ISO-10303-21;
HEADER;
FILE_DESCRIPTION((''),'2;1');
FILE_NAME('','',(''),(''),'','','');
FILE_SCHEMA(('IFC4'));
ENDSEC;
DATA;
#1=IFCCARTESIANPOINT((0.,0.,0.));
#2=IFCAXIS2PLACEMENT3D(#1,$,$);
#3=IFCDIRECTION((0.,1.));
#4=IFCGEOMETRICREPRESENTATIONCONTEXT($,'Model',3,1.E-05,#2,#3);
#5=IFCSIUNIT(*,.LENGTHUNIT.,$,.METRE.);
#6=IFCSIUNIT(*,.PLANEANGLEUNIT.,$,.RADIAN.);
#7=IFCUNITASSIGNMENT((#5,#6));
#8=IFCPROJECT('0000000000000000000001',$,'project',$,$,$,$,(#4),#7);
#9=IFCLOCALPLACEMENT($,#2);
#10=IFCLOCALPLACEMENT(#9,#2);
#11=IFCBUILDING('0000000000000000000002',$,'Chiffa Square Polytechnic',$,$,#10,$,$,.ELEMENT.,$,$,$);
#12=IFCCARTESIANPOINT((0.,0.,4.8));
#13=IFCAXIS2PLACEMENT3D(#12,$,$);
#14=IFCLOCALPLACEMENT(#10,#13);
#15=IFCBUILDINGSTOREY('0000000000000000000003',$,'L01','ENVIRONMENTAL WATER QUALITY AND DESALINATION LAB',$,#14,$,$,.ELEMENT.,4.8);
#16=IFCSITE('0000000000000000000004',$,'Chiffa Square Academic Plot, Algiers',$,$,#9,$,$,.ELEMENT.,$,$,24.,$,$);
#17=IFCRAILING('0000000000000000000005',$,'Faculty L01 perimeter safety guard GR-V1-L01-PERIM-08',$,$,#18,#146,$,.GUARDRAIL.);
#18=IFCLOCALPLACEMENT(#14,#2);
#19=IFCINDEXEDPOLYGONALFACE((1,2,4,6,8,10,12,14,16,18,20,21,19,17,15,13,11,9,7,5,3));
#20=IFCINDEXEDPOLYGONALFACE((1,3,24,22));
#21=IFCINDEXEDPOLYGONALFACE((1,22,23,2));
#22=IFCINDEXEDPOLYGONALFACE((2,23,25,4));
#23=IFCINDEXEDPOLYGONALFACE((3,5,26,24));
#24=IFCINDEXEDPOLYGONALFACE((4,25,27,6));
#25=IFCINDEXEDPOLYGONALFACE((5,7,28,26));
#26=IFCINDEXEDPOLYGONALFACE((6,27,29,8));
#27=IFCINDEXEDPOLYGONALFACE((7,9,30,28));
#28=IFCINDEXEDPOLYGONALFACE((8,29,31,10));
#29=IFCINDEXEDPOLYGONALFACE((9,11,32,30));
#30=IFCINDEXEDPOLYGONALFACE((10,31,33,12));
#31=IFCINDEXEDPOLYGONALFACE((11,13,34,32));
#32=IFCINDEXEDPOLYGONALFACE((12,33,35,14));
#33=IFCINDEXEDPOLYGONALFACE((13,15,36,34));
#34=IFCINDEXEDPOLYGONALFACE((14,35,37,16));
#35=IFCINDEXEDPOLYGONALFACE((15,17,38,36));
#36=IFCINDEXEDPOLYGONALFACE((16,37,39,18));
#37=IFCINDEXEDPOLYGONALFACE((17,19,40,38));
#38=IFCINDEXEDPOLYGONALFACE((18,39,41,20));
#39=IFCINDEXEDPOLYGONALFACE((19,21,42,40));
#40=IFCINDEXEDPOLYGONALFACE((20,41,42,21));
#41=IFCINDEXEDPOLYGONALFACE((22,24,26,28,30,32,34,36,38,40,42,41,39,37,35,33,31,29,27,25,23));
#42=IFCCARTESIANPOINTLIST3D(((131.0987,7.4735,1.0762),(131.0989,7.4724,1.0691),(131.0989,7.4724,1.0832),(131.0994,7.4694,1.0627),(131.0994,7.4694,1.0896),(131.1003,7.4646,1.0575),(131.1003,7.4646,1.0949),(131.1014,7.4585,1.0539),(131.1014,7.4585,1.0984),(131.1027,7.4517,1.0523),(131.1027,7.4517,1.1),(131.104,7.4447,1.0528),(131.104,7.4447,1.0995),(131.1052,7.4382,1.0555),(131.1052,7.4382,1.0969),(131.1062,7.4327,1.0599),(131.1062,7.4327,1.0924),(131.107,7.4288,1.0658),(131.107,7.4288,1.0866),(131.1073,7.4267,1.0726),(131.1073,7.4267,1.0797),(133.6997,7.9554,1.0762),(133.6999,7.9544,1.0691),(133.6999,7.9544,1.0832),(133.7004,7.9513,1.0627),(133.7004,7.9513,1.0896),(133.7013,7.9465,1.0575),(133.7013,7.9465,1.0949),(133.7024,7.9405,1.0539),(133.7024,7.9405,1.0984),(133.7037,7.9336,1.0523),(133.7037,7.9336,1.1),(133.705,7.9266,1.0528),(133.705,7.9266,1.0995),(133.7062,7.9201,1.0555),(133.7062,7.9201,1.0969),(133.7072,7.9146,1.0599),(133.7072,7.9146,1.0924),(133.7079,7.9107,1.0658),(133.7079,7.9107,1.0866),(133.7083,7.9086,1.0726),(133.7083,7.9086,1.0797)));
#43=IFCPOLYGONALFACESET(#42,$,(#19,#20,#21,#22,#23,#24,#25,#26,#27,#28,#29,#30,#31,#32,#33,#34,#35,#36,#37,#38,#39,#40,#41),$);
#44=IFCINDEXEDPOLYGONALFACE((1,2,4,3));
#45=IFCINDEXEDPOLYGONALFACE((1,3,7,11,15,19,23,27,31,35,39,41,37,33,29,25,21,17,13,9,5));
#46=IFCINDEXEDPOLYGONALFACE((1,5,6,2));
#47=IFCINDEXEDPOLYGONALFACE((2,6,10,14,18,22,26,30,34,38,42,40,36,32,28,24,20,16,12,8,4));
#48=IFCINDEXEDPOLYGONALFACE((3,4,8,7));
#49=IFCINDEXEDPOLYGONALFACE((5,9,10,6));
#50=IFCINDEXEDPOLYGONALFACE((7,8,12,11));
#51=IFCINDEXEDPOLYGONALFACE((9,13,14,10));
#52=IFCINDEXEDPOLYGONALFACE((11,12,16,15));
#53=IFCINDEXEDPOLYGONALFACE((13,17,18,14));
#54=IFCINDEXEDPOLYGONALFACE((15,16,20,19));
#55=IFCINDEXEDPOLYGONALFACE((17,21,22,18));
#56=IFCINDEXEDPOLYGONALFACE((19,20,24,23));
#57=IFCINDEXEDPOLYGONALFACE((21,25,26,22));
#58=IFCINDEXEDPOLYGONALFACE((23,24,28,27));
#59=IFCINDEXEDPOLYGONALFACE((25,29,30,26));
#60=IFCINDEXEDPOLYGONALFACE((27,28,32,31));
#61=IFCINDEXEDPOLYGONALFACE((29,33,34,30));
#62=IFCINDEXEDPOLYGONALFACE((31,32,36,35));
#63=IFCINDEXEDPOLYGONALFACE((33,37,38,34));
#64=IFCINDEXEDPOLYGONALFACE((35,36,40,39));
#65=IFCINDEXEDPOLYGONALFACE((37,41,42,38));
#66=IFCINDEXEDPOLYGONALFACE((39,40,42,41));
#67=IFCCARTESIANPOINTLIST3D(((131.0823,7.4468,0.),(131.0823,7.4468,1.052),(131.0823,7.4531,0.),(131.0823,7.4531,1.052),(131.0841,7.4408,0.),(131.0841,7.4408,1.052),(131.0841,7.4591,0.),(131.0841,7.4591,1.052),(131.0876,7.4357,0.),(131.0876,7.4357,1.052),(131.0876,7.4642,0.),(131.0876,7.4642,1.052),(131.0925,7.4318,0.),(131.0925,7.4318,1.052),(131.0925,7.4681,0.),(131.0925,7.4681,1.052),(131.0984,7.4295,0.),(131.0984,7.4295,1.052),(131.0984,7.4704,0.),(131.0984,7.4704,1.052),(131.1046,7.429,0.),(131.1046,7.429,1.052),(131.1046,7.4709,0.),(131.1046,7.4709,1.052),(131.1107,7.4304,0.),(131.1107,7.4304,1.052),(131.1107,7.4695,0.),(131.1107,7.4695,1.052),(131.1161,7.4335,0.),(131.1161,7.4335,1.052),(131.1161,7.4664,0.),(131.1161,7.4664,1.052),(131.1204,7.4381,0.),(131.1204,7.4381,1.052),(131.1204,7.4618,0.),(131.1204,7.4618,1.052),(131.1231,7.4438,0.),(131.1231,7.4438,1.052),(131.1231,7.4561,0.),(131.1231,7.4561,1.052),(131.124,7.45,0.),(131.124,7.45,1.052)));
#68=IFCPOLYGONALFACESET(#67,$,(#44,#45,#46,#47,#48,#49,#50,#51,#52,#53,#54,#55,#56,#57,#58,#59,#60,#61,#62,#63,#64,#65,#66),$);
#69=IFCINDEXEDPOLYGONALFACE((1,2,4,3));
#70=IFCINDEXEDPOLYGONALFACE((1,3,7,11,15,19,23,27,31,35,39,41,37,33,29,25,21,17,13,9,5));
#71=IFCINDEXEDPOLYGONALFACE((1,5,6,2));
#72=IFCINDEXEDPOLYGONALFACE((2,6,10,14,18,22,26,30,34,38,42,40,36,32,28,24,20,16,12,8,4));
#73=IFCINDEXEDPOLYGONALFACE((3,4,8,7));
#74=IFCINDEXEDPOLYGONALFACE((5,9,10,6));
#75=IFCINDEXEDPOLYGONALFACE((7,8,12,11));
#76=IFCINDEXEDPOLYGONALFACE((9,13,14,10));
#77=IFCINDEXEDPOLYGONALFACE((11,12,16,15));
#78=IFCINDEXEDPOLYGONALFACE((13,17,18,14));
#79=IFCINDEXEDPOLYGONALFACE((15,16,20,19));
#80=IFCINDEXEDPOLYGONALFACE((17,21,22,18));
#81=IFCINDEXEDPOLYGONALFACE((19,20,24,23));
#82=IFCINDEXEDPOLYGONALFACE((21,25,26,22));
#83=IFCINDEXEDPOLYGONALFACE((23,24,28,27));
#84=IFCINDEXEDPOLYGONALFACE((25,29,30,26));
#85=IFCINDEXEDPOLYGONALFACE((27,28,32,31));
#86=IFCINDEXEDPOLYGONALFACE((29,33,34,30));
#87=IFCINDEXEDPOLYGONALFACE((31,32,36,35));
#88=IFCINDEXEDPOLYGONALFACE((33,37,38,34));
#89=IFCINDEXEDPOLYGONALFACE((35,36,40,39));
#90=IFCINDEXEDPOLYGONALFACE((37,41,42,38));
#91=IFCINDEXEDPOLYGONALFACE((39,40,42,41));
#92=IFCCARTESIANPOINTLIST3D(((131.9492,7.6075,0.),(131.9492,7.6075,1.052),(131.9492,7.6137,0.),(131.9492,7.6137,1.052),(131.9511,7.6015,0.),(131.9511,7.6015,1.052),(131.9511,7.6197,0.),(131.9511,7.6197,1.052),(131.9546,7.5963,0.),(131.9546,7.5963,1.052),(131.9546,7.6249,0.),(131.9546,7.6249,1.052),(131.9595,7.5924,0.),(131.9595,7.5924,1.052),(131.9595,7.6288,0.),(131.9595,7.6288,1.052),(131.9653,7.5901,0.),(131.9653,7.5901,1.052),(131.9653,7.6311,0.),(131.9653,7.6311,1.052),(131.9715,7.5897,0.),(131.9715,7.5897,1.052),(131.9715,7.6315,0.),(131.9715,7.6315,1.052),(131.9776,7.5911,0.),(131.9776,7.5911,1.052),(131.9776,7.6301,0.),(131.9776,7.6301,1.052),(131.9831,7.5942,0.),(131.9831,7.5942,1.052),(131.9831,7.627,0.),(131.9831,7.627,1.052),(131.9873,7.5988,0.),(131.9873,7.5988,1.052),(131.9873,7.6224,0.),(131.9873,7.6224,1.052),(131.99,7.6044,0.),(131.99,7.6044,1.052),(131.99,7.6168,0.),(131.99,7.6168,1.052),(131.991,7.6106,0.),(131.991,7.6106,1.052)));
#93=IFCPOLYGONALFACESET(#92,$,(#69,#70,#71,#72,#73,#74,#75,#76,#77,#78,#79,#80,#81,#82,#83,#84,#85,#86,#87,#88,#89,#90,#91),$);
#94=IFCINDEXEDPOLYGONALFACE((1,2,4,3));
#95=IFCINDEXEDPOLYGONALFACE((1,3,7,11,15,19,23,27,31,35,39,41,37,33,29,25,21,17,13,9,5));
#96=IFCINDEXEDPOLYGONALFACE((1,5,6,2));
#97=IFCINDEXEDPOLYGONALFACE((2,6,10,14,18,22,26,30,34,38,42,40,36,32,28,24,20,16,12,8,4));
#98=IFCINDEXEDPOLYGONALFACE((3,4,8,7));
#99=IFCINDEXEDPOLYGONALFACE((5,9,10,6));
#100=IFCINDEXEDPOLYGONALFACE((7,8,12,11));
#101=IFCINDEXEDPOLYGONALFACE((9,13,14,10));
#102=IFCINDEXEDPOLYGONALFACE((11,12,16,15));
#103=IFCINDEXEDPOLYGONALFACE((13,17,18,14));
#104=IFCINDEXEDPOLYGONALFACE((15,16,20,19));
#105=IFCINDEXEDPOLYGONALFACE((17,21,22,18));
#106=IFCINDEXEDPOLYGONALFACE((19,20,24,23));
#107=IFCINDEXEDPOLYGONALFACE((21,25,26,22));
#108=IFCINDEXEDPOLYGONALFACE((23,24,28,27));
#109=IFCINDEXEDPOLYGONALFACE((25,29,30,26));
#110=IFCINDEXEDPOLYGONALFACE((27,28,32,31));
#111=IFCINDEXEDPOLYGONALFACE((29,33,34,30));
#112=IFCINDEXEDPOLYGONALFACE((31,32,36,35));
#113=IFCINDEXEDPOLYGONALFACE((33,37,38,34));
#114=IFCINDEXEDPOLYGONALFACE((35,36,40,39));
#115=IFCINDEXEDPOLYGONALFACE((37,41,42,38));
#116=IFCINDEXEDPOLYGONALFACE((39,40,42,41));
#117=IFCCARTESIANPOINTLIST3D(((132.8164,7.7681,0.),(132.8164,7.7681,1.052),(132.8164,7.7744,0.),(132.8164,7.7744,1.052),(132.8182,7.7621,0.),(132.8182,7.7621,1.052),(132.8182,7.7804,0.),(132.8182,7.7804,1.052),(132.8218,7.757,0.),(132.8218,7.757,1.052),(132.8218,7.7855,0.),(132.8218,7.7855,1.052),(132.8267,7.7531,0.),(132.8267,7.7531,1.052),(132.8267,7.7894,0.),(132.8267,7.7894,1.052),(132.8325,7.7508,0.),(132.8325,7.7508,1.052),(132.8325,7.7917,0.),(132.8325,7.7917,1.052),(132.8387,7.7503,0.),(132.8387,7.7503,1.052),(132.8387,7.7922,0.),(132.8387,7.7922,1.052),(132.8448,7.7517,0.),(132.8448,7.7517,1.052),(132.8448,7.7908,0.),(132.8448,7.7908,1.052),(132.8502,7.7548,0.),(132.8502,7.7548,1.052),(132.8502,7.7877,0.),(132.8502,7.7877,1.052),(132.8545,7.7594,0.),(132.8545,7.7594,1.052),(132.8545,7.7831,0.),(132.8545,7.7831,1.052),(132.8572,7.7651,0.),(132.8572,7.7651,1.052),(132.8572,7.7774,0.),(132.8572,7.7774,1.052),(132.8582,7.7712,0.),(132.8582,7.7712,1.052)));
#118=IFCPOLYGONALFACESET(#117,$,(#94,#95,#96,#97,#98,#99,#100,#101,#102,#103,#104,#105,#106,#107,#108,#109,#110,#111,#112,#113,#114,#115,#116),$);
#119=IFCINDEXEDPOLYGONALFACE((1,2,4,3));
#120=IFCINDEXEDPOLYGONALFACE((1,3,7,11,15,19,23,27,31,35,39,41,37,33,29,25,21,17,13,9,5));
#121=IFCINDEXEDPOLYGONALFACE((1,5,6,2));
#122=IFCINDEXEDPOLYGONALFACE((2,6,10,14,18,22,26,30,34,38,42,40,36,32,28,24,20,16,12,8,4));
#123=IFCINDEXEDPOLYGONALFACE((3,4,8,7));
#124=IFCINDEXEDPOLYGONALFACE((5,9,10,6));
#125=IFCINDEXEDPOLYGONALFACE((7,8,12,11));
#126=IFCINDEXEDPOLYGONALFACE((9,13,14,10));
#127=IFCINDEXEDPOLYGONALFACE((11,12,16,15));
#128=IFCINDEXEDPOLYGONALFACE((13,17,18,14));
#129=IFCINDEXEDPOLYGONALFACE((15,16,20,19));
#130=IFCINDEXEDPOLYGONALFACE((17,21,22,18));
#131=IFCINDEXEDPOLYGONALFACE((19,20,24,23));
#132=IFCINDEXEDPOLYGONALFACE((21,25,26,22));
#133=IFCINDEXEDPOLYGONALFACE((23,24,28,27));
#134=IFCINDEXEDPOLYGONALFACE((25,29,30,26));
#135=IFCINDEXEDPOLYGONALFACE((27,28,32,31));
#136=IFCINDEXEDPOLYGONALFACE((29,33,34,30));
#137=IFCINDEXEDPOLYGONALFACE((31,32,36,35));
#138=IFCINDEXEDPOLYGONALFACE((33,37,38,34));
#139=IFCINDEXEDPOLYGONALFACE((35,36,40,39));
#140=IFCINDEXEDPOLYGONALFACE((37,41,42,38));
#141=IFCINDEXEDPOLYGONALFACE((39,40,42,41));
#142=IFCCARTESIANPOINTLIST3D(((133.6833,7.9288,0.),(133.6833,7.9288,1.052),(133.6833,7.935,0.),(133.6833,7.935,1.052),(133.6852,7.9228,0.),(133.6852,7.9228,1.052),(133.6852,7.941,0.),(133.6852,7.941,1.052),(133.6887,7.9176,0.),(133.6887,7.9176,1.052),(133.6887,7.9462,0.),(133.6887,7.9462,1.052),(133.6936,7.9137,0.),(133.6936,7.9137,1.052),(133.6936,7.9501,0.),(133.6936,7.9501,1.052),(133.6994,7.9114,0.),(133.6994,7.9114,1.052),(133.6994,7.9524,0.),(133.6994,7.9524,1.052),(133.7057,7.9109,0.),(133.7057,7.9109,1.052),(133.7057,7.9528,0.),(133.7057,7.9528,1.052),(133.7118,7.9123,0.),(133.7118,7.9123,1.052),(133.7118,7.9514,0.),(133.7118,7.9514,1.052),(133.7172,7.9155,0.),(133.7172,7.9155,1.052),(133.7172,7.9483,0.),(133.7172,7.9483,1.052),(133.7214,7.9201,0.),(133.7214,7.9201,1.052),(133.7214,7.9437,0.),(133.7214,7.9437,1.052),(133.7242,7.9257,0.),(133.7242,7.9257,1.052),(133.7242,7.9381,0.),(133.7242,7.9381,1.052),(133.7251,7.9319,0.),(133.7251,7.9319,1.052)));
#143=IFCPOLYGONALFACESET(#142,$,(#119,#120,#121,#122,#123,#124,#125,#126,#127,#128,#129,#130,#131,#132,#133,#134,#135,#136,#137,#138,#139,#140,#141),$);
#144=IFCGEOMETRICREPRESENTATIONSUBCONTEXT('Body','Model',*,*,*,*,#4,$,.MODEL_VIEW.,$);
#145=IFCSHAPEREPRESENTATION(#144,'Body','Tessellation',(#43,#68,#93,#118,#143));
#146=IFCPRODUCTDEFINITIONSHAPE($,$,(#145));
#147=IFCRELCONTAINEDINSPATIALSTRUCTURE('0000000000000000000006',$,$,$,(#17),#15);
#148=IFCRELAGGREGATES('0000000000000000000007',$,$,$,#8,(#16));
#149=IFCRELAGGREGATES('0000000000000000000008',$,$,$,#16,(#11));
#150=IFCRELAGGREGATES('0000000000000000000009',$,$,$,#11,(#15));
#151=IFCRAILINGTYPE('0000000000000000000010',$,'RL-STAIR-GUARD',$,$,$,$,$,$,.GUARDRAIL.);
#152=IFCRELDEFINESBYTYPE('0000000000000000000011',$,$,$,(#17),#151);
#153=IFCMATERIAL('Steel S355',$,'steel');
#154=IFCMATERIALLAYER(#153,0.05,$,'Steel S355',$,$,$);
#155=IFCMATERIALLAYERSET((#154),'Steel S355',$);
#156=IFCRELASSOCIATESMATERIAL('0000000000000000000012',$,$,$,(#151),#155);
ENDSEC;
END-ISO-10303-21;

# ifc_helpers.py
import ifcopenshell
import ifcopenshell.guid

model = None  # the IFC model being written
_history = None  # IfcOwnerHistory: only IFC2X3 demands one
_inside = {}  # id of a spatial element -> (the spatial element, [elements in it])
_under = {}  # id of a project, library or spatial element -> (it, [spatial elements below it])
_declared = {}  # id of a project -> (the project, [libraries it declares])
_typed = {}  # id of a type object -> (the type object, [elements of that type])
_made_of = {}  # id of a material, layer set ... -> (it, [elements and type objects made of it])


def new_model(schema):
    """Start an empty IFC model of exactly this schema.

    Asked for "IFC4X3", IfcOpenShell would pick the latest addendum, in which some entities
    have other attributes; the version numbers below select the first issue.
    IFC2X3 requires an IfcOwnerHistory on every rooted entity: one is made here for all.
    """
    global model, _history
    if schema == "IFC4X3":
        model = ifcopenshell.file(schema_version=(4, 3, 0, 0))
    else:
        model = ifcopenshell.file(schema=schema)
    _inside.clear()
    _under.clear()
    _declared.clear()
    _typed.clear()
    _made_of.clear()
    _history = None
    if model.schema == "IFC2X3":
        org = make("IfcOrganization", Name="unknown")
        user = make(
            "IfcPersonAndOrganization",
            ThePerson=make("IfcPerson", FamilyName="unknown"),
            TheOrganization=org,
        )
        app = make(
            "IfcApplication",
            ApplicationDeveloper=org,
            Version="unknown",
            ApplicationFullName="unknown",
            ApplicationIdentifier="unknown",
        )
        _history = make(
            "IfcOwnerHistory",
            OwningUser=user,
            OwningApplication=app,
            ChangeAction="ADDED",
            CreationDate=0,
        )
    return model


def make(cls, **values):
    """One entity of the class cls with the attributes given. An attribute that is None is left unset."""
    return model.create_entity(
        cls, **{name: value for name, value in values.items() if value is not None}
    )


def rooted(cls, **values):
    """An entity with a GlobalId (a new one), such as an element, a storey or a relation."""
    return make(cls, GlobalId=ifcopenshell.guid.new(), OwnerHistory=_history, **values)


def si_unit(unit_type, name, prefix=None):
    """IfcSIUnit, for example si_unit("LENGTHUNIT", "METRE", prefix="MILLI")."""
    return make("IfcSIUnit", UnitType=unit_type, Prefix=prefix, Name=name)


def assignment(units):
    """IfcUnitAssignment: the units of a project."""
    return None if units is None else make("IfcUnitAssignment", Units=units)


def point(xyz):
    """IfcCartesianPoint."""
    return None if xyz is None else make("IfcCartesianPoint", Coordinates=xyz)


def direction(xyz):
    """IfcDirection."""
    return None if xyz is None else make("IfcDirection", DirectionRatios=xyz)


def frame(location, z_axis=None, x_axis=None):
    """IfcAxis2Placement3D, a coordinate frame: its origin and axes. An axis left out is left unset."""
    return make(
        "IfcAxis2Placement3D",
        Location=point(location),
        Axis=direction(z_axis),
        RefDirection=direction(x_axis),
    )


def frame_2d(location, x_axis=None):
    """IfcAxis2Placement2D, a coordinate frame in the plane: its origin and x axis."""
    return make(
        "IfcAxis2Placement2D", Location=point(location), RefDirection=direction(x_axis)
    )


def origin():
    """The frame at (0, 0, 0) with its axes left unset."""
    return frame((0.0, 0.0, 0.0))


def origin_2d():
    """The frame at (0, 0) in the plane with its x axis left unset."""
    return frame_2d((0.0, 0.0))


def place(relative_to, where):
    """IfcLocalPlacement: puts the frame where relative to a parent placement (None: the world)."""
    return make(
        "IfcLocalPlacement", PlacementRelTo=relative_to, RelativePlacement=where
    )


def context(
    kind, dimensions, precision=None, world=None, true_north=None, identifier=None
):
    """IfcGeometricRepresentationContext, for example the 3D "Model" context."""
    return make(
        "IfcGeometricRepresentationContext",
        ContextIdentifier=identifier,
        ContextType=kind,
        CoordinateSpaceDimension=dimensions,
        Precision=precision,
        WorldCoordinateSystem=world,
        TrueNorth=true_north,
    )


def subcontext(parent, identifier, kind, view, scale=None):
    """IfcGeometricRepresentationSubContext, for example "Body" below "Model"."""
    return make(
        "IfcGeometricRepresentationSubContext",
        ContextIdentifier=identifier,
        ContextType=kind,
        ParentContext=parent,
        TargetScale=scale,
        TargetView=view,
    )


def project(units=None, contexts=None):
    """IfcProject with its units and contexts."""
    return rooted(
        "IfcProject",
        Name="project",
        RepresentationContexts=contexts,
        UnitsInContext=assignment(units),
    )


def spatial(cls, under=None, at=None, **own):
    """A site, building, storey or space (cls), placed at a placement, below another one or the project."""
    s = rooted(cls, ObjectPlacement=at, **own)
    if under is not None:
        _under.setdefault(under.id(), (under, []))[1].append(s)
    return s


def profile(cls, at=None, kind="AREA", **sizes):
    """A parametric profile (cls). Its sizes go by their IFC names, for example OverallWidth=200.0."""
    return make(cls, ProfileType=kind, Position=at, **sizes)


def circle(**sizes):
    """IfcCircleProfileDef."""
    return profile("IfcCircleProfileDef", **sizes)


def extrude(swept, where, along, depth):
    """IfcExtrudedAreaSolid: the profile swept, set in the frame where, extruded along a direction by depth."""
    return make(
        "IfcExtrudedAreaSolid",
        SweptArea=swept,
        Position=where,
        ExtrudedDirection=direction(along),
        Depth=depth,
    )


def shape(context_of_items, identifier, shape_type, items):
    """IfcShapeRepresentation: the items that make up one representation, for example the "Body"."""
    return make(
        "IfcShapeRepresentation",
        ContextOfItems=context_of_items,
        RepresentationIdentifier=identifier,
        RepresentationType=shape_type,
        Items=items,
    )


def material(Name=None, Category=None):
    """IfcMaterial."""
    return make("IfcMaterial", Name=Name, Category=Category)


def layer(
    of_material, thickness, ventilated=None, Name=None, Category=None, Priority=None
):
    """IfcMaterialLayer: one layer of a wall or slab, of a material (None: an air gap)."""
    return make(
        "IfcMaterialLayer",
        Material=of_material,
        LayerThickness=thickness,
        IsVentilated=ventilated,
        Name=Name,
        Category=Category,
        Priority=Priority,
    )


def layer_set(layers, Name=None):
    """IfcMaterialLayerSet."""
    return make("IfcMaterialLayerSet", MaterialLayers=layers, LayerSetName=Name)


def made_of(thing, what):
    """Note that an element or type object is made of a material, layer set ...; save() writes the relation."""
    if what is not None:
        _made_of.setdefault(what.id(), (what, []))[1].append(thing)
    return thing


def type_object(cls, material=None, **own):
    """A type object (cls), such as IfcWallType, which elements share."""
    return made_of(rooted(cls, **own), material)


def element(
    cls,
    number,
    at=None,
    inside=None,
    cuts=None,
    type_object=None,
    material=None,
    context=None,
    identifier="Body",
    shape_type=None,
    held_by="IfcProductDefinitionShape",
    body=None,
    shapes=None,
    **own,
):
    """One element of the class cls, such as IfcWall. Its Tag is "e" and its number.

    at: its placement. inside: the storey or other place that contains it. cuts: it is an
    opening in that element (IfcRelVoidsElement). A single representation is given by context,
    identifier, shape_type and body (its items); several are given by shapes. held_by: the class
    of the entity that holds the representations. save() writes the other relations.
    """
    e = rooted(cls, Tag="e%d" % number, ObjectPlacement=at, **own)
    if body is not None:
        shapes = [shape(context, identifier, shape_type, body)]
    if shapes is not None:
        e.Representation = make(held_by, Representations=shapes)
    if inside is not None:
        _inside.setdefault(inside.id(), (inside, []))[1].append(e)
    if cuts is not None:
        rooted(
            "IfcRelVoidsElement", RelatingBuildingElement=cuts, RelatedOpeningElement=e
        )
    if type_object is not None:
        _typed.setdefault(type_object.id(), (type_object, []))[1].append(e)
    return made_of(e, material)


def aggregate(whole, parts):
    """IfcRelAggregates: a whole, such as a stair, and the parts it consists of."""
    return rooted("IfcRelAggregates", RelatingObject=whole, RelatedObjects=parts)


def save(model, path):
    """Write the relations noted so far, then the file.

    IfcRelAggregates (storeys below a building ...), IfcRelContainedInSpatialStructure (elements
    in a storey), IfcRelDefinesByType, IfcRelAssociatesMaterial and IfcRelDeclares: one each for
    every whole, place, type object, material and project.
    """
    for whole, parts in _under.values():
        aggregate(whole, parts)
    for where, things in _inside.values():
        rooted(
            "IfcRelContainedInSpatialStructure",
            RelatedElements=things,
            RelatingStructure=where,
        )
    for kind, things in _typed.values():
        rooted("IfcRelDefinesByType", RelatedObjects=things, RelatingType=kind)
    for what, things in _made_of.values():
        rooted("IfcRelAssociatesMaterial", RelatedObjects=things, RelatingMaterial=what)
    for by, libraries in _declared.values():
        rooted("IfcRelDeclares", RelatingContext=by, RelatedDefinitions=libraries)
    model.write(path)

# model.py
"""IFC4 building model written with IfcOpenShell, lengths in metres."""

from ifc_helpers import new_model, si_unit, direction, frame, origin, origin_2d, place, context, subcontext, project, spatial, circle, extrude, material, layer, layer_set, type_object, element, save


model = new_model("IFC4")

# Units and contexts
model_context = context("Model", 3, precision=1e-05, world=origin(), true_north=direction((0.0, 1.0)))
body_context = subcontext(model_context, "Body", "Model", "MODEL_VIEW")
ifc_project = project(units=[si_unit("LENGTHUNIT", "METRE"), si_unit("PLANEANGLEUNIT", "RADIAN")], contexts=[model_context])

# Site, building, storey
site_placement = place(None, origin())
site = spatial("IfcSite", under=ifc_project, at=site_placement, Name="Chiffa Square Academic Plot, Algiers", CompositionType="ELEMENT", RefElevation=24.0)
building_placement = place(site_placement, origin())
building = spatial("IfcBuilding", under=site, at=building_placement, Name="Chiffa Square Polytechnic", CompositionType="ELEMENT")
storey_placement = place(building_placement, frame((0.0, 0.0, 4.8)))
storey = spatial("IfcBuildingStorey", under=building, at=storey_placement, Name="L01", Description="ENVIRONMENTAL WATER QUALITY AND DESALINATION LAB", CompositionType="ELEMENT", Elevation=4.8)

# Railing
ifc_material_1 = material(Name="Steel S355", Category="steel")
ifc_layer_1 = layer(ifc_material_1, 0.05, Name="Steel S355")
ifc_layer_set_1 = layer_set([ifc_layer_1], Name="Steel S355")
railing_type = type_object("IfcRailingType", Name="RL-STAIR-GUARD", PredefinedType="GUARDRAIL", material=ifc_layer_set_1)
railing_1_placement = place(storey_placement, frame((131.103, 7.45, 0.0)))
element("IfcRailing", 1, at=railing_1_placement, inside=storey, type_object=railing_type, Name="Faculty L01 perimeter safety guard GR-V1-L01-PERIM-08", PredefinedType="GUARDRAIL", context=body_context, shape_type="SweptSolid", body=[
    extrude(circle(Radius=0.0239, at=origin_2d()), frame((0.0, 0.0, 1.0762), z_axis=(0.983265, 0.182182, 0.0), x_axis=(-0.182182, 0.983265, 0.0)), (0.0, 0.0, 1.0), 2.6453),
    extrude(circle(Radius=0.021, at=origin_2d()), origin(), (0.0, 0.0, 1.0), 1.052),
    extrude(circle(Radius=0.021, at=origin_2d()), frame((0.8669, 0.1606, 0.0)), (0.0, 0.0, 1.0), 1.052),
    extrude(circle(Radius=0.021, at=origin_2d()), frame((1.7341, 0.3213, 0.0)), (0.0, 0.0, 1.0), 1.052),
    extrude(circle(Radius=0.021, at=origin_2d()), frame((2.6011, 0.4819, 0.0)), (0.0, 0.0, 1.0), 1.052),
])

save(model, "model.ifc")
